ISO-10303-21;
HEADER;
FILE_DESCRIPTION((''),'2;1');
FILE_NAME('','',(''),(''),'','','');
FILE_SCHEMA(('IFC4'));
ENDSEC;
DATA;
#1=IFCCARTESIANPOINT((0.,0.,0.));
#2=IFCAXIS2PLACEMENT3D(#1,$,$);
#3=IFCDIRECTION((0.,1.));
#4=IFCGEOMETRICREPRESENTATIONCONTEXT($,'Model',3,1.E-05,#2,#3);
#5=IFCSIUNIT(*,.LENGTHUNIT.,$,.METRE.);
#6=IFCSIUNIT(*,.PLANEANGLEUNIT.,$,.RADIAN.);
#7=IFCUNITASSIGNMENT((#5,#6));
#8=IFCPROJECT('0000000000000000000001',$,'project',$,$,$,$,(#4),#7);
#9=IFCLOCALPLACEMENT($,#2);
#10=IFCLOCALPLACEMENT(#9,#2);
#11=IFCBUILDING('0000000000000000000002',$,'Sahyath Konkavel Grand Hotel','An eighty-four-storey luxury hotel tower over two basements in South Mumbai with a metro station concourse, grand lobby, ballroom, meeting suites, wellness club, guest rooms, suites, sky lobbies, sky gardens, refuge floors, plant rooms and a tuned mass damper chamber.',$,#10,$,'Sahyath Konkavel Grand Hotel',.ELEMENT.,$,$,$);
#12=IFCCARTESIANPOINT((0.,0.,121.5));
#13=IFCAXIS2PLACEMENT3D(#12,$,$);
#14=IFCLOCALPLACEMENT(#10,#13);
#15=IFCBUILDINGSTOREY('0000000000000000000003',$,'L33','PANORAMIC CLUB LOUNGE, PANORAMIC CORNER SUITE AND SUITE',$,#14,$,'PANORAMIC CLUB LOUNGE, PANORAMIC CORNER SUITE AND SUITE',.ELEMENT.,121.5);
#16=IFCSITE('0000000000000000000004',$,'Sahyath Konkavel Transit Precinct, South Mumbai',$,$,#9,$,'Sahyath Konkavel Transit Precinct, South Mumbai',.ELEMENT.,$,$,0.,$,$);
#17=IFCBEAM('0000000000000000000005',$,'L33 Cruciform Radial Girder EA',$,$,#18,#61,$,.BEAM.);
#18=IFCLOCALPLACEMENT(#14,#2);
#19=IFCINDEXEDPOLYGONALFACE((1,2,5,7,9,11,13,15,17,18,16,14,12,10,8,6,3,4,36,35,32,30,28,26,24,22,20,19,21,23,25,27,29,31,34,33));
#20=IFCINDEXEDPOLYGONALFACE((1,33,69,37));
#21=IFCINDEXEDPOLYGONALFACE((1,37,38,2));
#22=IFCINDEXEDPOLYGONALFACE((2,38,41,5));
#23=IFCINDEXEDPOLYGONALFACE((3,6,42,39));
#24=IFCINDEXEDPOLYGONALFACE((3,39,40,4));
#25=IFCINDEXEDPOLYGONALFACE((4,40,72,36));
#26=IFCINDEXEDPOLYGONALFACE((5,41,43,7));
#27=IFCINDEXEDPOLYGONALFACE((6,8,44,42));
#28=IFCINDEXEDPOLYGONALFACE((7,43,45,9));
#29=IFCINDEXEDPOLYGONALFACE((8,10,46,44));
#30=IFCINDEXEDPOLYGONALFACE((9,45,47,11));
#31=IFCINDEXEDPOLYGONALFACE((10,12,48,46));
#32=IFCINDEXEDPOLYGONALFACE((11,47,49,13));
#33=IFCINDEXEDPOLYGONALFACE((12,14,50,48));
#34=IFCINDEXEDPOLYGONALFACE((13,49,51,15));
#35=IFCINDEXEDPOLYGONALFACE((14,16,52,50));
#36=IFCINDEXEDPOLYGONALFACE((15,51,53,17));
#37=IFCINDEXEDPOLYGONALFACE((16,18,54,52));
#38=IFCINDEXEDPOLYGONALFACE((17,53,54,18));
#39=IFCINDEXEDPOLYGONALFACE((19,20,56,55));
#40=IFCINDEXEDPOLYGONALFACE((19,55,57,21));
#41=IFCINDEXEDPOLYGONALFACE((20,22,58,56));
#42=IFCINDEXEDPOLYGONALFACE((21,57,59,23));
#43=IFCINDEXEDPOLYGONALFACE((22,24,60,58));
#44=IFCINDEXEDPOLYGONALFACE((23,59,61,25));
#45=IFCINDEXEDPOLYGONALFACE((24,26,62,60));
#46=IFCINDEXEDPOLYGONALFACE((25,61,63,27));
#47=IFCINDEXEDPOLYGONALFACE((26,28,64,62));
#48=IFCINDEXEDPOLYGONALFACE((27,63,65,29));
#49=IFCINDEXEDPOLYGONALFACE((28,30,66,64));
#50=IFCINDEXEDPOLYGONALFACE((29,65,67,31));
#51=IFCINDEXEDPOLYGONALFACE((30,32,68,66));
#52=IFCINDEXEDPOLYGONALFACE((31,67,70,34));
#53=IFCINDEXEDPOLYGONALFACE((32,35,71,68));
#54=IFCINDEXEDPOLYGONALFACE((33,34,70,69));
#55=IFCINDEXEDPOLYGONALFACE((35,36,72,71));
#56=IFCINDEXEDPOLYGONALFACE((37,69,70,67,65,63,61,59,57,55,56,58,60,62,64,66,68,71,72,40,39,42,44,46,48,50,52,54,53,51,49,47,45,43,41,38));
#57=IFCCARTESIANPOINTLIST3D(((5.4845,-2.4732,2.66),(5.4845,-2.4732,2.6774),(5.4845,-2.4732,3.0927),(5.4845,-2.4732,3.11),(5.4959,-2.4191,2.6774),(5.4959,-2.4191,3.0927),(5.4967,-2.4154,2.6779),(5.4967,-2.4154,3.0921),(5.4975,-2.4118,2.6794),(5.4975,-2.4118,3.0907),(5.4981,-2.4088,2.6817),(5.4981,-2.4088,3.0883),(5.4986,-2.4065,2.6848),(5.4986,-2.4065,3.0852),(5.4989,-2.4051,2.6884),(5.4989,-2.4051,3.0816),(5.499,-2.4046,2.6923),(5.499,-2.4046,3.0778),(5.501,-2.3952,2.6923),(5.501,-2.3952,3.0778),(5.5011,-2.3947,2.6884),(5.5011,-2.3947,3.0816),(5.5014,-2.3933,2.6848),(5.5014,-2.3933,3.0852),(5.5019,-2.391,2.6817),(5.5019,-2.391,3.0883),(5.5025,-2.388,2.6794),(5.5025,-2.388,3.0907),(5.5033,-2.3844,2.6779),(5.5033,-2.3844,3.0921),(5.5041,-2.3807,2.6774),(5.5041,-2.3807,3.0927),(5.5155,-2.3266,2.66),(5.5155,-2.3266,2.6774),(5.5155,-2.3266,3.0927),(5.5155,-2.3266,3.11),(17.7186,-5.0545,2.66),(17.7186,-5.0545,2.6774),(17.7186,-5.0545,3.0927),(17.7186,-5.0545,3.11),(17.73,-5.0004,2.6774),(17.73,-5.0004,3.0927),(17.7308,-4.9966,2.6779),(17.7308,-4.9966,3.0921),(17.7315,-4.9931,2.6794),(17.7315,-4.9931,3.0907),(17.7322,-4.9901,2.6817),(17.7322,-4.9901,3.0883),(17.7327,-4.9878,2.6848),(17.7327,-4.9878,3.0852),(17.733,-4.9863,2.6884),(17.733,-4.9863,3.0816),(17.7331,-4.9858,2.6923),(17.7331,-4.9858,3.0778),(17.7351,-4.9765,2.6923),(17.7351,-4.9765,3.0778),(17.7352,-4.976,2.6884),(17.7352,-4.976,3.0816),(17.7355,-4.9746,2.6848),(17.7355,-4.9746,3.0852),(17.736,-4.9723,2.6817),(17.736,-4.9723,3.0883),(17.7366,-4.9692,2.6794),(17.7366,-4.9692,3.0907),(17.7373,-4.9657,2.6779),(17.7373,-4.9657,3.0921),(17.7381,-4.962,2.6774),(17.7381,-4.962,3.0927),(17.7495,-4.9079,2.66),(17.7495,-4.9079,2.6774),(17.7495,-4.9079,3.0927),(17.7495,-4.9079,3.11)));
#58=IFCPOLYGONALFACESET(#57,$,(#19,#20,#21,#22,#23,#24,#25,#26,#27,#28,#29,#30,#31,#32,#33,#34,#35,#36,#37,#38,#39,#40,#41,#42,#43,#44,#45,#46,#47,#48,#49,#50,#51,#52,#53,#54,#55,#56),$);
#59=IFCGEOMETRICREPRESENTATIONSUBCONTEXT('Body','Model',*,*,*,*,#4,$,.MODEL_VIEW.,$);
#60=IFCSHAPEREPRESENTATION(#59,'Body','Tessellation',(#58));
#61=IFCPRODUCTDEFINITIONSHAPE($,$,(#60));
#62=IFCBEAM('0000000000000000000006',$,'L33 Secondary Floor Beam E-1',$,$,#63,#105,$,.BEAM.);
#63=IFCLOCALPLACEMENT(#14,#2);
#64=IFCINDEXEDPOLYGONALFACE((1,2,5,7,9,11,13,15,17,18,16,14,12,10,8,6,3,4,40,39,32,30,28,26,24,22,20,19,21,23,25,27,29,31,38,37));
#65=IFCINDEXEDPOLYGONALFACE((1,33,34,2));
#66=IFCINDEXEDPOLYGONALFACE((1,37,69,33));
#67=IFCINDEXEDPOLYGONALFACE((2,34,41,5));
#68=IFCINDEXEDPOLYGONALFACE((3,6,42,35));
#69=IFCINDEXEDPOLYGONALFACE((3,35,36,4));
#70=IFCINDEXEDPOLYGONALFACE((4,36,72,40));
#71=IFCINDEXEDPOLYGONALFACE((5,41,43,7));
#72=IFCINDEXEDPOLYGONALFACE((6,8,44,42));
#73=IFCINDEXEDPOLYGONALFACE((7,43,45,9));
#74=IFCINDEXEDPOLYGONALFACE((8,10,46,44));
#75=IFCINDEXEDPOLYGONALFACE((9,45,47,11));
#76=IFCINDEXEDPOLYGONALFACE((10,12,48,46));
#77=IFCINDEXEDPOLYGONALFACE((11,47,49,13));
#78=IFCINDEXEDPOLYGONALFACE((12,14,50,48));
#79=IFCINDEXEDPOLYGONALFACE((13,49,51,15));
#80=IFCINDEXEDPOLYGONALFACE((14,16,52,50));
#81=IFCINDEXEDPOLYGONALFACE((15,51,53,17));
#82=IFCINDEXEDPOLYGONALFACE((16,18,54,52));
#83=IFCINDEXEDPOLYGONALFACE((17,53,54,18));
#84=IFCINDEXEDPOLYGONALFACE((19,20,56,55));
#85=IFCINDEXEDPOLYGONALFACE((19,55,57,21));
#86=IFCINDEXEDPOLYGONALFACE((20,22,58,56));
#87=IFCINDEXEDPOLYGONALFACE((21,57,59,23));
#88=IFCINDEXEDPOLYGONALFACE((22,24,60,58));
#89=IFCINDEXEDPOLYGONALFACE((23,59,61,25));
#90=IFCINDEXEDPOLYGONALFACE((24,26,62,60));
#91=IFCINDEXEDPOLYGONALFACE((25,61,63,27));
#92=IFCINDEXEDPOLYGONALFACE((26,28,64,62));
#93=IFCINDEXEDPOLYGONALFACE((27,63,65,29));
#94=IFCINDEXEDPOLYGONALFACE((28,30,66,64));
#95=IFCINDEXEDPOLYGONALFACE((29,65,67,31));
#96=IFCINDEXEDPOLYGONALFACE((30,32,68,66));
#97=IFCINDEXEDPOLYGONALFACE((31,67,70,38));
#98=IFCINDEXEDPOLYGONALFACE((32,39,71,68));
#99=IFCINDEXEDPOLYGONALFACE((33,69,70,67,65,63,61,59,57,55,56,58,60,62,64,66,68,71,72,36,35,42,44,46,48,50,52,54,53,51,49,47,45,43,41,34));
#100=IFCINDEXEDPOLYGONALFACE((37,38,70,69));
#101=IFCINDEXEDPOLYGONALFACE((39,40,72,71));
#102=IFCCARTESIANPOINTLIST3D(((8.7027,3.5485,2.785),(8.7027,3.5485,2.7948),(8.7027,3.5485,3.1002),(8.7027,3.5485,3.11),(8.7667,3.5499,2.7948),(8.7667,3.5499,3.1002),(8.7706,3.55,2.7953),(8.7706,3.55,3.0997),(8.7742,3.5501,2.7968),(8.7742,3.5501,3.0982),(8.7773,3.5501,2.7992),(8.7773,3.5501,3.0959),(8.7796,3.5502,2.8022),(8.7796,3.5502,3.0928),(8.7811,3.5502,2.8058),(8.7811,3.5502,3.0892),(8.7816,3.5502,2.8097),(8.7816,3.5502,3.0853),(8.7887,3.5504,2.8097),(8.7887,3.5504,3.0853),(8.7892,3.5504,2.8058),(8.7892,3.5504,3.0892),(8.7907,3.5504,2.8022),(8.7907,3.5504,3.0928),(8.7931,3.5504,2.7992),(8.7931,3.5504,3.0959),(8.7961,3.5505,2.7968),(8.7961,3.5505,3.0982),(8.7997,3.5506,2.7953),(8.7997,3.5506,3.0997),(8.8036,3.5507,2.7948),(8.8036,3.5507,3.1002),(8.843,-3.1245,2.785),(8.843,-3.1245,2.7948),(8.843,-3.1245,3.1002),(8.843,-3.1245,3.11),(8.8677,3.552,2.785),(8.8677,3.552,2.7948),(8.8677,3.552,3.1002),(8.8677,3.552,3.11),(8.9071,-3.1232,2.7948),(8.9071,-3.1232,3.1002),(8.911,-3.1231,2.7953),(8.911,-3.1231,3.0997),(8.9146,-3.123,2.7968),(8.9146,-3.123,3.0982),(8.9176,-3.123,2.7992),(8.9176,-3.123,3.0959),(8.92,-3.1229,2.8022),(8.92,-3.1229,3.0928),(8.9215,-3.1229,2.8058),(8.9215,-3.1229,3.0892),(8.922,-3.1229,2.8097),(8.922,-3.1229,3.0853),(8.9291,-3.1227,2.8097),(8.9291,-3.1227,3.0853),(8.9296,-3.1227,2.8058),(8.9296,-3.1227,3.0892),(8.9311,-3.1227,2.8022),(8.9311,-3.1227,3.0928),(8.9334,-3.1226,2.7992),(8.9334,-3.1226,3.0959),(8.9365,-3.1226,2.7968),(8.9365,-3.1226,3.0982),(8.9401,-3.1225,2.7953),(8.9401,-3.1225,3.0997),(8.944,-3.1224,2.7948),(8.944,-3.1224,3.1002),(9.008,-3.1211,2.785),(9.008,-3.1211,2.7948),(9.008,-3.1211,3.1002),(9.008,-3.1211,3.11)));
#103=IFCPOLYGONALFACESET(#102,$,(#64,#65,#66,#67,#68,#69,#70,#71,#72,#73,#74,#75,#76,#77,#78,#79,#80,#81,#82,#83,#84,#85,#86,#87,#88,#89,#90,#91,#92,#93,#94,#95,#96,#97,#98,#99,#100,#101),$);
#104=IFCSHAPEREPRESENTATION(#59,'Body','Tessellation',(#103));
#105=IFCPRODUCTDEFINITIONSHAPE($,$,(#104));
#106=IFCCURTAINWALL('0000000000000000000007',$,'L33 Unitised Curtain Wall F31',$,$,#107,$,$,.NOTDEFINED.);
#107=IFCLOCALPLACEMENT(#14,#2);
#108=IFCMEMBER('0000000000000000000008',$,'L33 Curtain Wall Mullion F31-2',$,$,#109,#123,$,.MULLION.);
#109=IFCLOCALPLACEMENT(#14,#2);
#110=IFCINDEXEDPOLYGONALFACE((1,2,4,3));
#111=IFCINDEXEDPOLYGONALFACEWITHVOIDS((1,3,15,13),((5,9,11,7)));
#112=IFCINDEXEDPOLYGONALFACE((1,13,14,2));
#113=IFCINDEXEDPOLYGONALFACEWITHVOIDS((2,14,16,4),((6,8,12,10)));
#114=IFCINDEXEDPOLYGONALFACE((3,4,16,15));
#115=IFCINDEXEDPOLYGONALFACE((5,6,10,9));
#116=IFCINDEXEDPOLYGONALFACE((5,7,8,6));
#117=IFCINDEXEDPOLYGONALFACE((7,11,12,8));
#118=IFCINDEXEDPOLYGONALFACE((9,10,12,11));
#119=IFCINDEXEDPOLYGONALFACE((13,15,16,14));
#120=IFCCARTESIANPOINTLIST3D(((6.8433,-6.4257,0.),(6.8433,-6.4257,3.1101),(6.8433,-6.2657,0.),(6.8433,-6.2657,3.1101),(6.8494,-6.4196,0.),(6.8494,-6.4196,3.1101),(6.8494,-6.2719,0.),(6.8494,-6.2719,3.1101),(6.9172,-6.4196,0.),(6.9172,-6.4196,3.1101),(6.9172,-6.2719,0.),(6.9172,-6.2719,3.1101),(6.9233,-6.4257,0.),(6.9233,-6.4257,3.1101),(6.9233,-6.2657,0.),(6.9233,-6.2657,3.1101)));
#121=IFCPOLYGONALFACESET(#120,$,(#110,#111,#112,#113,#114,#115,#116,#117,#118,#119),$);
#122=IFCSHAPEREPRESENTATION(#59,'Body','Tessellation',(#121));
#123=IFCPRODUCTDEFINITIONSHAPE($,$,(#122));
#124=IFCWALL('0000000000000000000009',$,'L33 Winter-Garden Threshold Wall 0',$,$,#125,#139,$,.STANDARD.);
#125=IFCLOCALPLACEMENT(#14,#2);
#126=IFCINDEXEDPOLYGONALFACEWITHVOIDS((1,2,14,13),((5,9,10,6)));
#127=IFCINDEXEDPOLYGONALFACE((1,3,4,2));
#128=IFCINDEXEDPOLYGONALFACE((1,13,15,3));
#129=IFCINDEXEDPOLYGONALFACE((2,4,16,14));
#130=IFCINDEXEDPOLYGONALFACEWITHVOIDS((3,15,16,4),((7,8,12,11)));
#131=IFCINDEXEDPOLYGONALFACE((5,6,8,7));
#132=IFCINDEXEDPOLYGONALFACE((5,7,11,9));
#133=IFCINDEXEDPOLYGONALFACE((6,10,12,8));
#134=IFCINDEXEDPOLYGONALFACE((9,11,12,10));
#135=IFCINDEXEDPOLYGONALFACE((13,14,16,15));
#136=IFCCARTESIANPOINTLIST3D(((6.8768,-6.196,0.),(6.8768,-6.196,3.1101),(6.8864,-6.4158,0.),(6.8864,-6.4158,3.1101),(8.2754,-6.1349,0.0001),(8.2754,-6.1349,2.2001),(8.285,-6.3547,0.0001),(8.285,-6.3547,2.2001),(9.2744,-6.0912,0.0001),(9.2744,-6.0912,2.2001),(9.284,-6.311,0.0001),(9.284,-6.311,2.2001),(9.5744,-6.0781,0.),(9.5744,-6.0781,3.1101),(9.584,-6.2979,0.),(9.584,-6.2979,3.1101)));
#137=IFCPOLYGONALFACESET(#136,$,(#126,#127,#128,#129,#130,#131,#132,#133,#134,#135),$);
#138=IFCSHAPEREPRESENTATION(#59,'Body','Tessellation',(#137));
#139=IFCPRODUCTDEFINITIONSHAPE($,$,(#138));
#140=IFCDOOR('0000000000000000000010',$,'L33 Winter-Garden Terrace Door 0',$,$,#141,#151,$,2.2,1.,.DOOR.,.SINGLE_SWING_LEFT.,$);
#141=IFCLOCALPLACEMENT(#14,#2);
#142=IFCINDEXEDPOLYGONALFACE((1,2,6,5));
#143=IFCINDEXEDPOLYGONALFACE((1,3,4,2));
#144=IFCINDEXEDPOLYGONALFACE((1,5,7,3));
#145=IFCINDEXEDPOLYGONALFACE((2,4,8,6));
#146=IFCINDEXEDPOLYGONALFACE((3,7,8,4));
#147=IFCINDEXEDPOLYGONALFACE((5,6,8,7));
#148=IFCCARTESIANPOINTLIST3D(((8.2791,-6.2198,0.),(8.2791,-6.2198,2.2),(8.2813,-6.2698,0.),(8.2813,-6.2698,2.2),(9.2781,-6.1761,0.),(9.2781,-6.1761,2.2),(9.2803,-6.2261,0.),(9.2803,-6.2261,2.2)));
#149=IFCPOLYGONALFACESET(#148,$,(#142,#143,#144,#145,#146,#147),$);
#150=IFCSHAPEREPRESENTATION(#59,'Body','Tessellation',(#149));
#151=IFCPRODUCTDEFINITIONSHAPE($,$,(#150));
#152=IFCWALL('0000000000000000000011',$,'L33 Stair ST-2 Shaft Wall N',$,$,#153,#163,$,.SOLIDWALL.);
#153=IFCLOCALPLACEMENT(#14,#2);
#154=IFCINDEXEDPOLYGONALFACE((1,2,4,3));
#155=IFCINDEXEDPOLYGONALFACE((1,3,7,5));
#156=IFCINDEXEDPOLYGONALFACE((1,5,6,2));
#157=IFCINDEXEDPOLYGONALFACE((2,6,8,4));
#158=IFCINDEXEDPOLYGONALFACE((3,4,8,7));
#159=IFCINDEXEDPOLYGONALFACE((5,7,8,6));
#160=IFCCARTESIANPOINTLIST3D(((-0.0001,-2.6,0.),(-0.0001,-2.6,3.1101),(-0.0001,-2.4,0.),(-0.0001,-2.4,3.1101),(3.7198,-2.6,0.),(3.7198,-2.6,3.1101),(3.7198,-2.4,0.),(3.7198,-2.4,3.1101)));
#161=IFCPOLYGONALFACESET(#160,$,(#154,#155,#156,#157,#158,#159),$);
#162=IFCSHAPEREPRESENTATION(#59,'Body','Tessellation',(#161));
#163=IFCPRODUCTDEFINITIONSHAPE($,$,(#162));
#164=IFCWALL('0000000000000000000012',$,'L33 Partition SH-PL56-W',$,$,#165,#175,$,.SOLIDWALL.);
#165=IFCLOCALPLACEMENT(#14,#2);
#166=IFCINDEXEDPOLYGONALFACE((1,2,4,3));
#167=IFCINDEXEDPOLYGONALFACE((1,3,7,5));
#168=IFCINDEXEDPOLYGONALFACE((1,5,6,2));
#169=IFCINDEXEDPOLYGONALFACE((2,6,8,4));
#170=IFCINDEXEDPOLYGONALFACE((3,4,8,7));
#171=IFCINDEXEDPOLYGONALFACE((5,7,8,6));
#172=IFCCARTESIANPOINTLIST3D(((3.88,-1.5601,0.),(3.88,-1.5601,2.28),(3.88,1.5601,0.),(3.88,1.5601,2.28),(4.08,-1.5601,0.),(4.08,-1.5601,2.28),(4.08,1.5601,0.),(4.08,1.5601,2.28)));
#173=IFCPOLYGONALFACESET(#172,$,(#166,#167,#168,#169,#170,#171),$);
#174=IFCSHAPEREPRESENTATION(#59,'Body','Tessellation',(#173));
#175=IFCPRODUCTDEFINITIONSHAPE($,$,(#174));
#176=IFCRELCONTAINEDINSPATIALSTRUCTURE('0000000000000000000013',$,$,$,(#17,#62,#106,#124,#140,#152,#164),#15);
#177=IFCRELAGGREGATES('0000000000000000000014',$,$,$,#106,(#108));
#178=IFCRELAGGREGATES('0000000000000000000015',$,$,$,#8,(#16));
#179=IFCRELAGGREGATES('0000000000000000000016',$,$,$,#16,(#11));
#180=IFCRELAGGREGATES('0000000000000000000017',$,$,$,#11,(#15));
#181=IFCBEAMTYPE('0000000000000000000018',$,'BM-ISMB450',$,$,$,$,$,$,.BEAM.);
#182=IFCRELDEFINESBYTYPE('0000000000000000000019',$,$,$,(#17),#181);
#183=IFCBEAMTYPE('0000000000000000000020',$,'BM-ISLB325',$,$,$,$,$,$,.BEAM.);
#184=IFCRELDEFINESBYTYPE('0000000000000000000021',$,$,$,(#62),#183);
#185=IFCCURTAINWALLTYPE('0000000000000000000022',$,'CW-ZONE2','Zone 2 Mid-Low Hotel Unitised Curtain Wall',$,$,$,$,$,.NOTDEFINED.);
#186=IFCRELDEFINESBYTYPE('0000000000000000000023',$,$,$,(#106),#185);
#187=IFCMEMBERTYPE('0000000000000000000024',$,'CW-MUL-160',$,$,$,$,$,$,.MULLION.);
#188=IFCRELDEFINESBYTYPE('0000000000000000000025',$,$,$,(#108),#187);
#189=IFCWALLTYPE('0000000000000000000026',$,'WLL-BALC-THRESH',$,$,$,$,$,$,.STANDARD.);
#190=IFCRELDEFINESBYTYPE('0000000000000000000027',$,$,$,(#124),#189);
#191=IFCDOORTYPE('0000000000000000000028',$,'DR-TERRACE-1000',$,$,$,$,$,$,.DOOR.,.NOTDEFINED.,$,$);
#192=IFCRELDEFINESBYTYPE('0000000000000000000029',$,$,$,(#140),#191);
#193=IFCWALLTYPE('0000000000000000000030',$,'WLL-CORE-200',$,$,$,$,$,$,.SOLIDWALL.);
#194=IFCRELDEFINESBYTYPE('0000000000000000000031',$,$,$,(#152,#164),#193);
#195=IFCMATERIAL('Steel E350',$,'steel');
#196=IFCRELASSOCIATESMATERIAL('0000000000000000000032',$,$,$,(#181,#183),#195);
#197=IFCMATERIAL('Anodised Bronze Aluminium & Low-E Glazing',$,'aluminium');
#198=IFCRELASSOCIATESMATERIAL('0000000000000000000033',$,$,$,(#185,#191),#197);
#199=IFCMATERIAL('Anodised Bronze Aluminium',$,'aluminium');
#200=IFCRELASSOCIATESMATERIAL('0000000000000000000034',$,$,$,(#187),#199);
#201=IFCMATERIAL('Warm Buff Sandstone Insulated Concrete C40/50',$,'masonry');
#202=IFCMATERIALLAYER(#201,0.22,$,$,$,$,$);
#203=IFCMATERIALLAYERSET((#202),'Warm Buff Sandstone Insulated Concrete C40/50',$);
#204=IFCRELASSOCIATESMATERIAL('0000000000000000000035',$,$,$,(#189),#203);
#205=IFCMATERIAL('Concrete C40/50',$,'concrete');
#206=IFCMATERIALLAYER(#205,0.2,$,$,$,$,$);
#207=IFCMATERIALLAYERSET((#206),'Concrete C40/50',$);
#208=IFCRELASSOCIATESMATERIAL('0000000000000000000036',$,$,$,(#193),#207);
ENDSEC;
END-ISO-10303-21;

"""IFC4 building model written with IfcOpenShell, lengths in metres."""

from ifc_helpers import new_model, si_unit, direction, frame, frame_2d, origin, origin_2d, place, context, subcontext, project, spatial, rectangle, hollow_rectangle, i_section, extrude, source, transform, mapped, material, layer, layer_set, material_profile, profile_set, type_object, element, fill, aggregate, save


model = new_model("IFC4")

# Units and contexts
model_context = context("Model", 3, precision=1e-05, world=origin(), true_north=direction((0.0, 1.0)))
body_context = subcontext(model_context, "Body", "Model", "MODEL_VIEW")
ifc_project = project(units=[si_unit("LENGTHUNIT", "METRE"), si_unit("PLANEANGLEUNIT", "RADIAN")], contexts=[model_context])

# Site, building, storey
site_placement = place(None, origin())
site = spatial("IfcSite", under=ifc_project, at=site_placement, Name="Sahyath Konkavel Transit Precinct, South Mumbai", LongName="Sahyath Konkavel Transit Precinct, South Mumbai", CompositionType="ELEMENT", RefElevation=0.0)
building_placement = place(site_placement, origin())
building = spatial("IfcBuilding", under=site, at=building_placement, Name="Sahyath Konkavel Grand Hotel", Description="An eighty-four-storey luxury hotel tower over two basements in South Mumbai with a metro station concourse, grand lobby, ballroom, meeting suites, wellness club, guest rooms, suites, sky lobbies, sky gardens, refuge floors, plant rooms and a tuned mass damper chamber.", LongName="Sahyath Konkavel Grand Hotel", CompositionType="ELEMENT")
storey_placement = place(building_placement, frame((0.0, 0.0, 121.5)))
storey = spatial("IfcBuildingStorey", under=building, at=storey_placement, Name="L33", Description="PANORAMIC CLUB LOUNGE, PANORAMIC CORNER SUITE AND SUITE", LongName="PANORAMIC CLUB LOUNGE, PANORAMIC CORNER SUITE AND SUITE", CompositionType="ELEMENT", Elevation=121.5)

# Beams
ifc_material_1 = material(Name="Steel E350", Category="steel")
ifc_material_profile_1 = material_profile(ifc_material_1, i_section(OverallWidth=0.1499, OverallDepth=0.45, WebThickness=0.0095, FlangeThickness=0.0173, FilletRadius=0.0149, at=origin_2d()), Name="ISMB 450")
ifc_profile_set_1 = profile_set([ifc_material_profile_1], Name="Steel E350")
beam_type_1 = type_object("IfcBeamType", Name="BM-ISMB450", PredefinedType="BEAM", material=ifc_profile_set_1)
shared_shape_1 = source(origin(), body_context, "Body", "SweptSolid", [
    extrude(i_section(OverallWidth=0.1499, OverallDepth=0.45, WebThickness=0.0095, FlangeThickness=0.0173, FilletRadius=0.0149, at=origin_2d()), origin(), (0.0, 0.0, 1.0), 12.5034),
])
beam_1_placement = place(storey_placement, frame((5.5, -2.3999, 2.885), z_axis=(0.978458, -0.206446, 0.0), x_axis=(0.206446, 0.978458, 0.0)))
element("IfcBeam", 1, at=beam_1_placement, inside=storey, type_object=beam_type_1, Name="L33 Cruciform Radial Girder EA", PredefinedType="BEAM", context=body_context, shape_type="MappedRepresentation", body=[
    mapped(shared_shape_1, transform((0.0, 0.0, 0.0), scale=1.0)),
])
ifc_material_profile_2 = material_profile(ifc_material_1, i_section(OverallWidth=0.165, OverallDepth=0.325, WebThickness=0.0071, FlangeThickness=0.0098, FilletRadius=0.0149, at=origin_2d()), Name="ISLB 325")
ifc_profile_set_2 = profile_set([ifc_material_profile_2], Name="Steel E350")
beam_type_2 = type_object("IfcBeamType", Name="BM-ISLB325", PredefinedType="BEAM", material=ifc_profile_set_2)
shared_shape_2 = source(origin(), body_context, "Body", "SweptSolid", [
    extrude(i_section(OverallWidth=0.165, OverallDepth=0.325, WebThickness=0.0071, FlangeThickness=0.0098, FilletRadius=0.0149, at=origin_2d()), origin(), (0.0, 0.0, 1.0), 6.6746),
])
beam_2_placement = place(storey_placement, frame((8.9255, -3.1228, 2.9475), z_axis=(-0.021032, 0.999779, 0.0), x_axis=(-0.999779, -0.021032, 0.0)))
element("IfcBeam", 2, at=beam_2_placement, inside=storey, type_object=beam_type_2, Name="L33 Secondary Floor Beam E-1", PredefinedType="BEAM", context=body_context, shape_type="MappedRepresentation", body=[
    mapped(shared_shape_2, transform((0.0, 0.0, 0.0), scale=1.0)),
])

# Curtain wall, member
ifc_material_2 = material(Name="Anodised Bronze Aluminium & Low-E Glazing", Category="aluminium")
curtain_wall_type = type_object("IfcCurtainWallType", Name="CW-ZONE2", Description="Zone 2 Mid-Low Hotel Unitised Curtain Wall", PredefinedType="NOTDEFINED", material=ifc_material_2)
curtain_wall_placement = place(storey_placement, origin())
curtain_wall = element("IfcCurtainWall", 3, at=curtain_wall_placement, inside=storey, type_object=curtain_wall_type, Name="L33 Unitised Curtain Wall F31", PredefinedType="NOTDEFINED")
ifc_material_3 = material(Name="Anodised Bronze Aluminium", Category="aluminium")
ifc_material_profile_3 = material_profile(ifc_material_3, hollow_rectangle(XDim=0.0801, YDim=0.1599, WallThickness=0.0061, at=origin_2d()), Name="RHS 160x80x6")
ifc_profile_set_3 = profile_set([ifc_material_profile_3], Name="Anodised Bronze Aluminium")
member_type = type_object("IfcMemberType", Name="CW-MUL-160", PredefinedType="MULLION", material=ifc_profile_set_3)
shared_shape_3 = source(origin(), body_context, "Body", "SweptSolid", [
    extrude(hollow_rectangle(XDim=0.0801, YDim=0.1599, WallThickness=0.0061, at=origin_2d()), origin(), (0.0, 0.0, 1.0), 3.1101),
])
member_placement = place(storey_placement, frame((6.8833, -6.3457, 0.0), z_axis=(0.0, 0.0, 1.0), x_axis=(1.0, 0.0, 0.0)))
member = element("IfcMember", 4, at=member_placement, type_object=member_type, Name="L33 Curtain Wall Mullion F31-2", PredefinedType="MULLION", context=body_context, shape_type="MappedRepresentation", body=[
    mapped(shared_shape_3, transform((0.0, 0.0, 0.0), scale=1.0)),
])
aggregate(curtain_wall, [member])

# Wall, opening, door
ifc_material_4 = material(Name="Warm Buff Sandstone Insulated Concrete C40/50", Category="masonry")
ifc_layer_1 = layer(ifc_material_4, 0.22)
ifc_layer_set_1 = layer_set([ifc_layer_1], Name="Warm Buff Sandstone Insulated Concrete C40/50")
wall_type_1 = type_object("IfcWallType", Name="WLL-BALC-THRESH", PredefinedType="STANDARD", material=ifc_layer_set_1)
wall_1_placement = place(storey_placement, frame((6.8816, -6.3059, 0.0), z_axis=(0.0, 0.0, 1.0), x_axis=(0.999046, 0.043673, 0.0)))
wall_1 = element("IfcWall", 5, at=wall_1_placement, inside=storey, type_object=wall_type_1, Name="L33 Winter-Garden Threshold Wall 0", PredefinedType="STANDARD", context=body_context, shape_type="SweptSolid", body=[
    extrude(rectangle(XDim=2.7002, YDim=0.22, at=frame_2d((1.3501, 0.0))), origin(), (0.0, 0.0, 1.0), 3.1101),
])
opening_1_placement = place(wall_1_placement, frame((1.3999, 0.0, 0.0)))
opening_1 = element("IfcOpeningElement", 6, at=opening_1_placement, cuts=wall_1, PredefinedType="OPENING", context=body_context, shape_type="SweptSolid", body=[
    extrude(rectangle(XDim=1.0, YDim=2.2, at=frame_2d((0.5, 1.1001))), frame((0.0, 0.1201, 0.0), z_axis=(0.0, -1.0, 0.0), x_axis=(1.0, 0.0, 0.0)), (0.0, 0.0, 1.0), 0.24),
])
door_type_1 = type_object("IfcDoorType", Name="DR-TERRACE-1000", OperationType="NOTDEFINED", PredefinedType="DOOR", material=ifc_material_2)
shared_shape_4 = source(origin(), body_context, "Body", "SweptSolid", [
    extrude(rectangle(XDim=1.0, YDim=0.05, at=origin_2d()), origin(), (0.0, 0.0, 1.0), 2.2),
])
door_1_placement = place(opening_1_placement, frame((0.5, 0.0, 0.0)))
door_1 = element("IfcDoor", 7, at=door_1_placement, inside=storey, type_object=door_type_1, Name="L33 Winter-Garden Terrace Door 0", OperationType="SINGLE_SWING_LEFT", OverallHeight=2.2, OverallWidth=1.0, PredefinedType="DOOR", context=body_context, shape_type="MappedRepresentation", body=[
    mapped(shared_shape_4, transform((0.0, 0.0, 0.0), scale=1.0)),
])
fill(opening_1, door_1)

# Walls
ifc_material_5 = material(Name="Concrete C40/50", Category="concrete")
ifc_layer_2 = layer(ifc_material_5, 0.2)
ifc_layer_set_2 = layer_set([ifc_layer_2], Name="Concrete C40/50")
wall_type_2 = type_object("IfcWallType", Name="WLL-CORE-200", PredefinedType="SOLIDWALL", material=ifc_layer_set_2)
wall_2_placement = place(storey_placement, frame((0.0, -2.5, 0.0), z_axis=(0.0, 0.0, 1.0), x_axis=(1.0, 0.0, 0.0)))
element("IfcWall", 8, at=wall_2_placement, inside=storey, type_object=wall_type_2, Name="L33 Stair ST-2 Shaft Wall N", PredefinedType="SOLIDWALL", context=body_context, shape_type="SweptSolid", body=[
    extrude(rectangle(XDim=3.72, YDim=0.2, at=frame_2d((1.8599, 0.0))), origin(), (0.0, 0.0, 1.0), 3.1101),
])
wall_3_placement = place(storey_placement, frame((3.98, -1.5601, 0.0), z_axis=(0.0, 0.0, 1.0), x_axis=(0.0, 1.0, 0.0)))
element("IfcWall", 9, at=wall_3_placement, inside=storey, type_object=wall_type_2, Name="L33 Partition SH-PL56-W", PredefinedType="SOLIDWALL", context=body_context, shape_type="SweptSolid", body=[
    extrude(rectangle(XDim=3.1201, YDim=0.2, at=frame_2d((1.5601, 0.0))), origin(), (0.0, 0.0, 1.0), 2.28),
])

save(model, "model.ifc")
